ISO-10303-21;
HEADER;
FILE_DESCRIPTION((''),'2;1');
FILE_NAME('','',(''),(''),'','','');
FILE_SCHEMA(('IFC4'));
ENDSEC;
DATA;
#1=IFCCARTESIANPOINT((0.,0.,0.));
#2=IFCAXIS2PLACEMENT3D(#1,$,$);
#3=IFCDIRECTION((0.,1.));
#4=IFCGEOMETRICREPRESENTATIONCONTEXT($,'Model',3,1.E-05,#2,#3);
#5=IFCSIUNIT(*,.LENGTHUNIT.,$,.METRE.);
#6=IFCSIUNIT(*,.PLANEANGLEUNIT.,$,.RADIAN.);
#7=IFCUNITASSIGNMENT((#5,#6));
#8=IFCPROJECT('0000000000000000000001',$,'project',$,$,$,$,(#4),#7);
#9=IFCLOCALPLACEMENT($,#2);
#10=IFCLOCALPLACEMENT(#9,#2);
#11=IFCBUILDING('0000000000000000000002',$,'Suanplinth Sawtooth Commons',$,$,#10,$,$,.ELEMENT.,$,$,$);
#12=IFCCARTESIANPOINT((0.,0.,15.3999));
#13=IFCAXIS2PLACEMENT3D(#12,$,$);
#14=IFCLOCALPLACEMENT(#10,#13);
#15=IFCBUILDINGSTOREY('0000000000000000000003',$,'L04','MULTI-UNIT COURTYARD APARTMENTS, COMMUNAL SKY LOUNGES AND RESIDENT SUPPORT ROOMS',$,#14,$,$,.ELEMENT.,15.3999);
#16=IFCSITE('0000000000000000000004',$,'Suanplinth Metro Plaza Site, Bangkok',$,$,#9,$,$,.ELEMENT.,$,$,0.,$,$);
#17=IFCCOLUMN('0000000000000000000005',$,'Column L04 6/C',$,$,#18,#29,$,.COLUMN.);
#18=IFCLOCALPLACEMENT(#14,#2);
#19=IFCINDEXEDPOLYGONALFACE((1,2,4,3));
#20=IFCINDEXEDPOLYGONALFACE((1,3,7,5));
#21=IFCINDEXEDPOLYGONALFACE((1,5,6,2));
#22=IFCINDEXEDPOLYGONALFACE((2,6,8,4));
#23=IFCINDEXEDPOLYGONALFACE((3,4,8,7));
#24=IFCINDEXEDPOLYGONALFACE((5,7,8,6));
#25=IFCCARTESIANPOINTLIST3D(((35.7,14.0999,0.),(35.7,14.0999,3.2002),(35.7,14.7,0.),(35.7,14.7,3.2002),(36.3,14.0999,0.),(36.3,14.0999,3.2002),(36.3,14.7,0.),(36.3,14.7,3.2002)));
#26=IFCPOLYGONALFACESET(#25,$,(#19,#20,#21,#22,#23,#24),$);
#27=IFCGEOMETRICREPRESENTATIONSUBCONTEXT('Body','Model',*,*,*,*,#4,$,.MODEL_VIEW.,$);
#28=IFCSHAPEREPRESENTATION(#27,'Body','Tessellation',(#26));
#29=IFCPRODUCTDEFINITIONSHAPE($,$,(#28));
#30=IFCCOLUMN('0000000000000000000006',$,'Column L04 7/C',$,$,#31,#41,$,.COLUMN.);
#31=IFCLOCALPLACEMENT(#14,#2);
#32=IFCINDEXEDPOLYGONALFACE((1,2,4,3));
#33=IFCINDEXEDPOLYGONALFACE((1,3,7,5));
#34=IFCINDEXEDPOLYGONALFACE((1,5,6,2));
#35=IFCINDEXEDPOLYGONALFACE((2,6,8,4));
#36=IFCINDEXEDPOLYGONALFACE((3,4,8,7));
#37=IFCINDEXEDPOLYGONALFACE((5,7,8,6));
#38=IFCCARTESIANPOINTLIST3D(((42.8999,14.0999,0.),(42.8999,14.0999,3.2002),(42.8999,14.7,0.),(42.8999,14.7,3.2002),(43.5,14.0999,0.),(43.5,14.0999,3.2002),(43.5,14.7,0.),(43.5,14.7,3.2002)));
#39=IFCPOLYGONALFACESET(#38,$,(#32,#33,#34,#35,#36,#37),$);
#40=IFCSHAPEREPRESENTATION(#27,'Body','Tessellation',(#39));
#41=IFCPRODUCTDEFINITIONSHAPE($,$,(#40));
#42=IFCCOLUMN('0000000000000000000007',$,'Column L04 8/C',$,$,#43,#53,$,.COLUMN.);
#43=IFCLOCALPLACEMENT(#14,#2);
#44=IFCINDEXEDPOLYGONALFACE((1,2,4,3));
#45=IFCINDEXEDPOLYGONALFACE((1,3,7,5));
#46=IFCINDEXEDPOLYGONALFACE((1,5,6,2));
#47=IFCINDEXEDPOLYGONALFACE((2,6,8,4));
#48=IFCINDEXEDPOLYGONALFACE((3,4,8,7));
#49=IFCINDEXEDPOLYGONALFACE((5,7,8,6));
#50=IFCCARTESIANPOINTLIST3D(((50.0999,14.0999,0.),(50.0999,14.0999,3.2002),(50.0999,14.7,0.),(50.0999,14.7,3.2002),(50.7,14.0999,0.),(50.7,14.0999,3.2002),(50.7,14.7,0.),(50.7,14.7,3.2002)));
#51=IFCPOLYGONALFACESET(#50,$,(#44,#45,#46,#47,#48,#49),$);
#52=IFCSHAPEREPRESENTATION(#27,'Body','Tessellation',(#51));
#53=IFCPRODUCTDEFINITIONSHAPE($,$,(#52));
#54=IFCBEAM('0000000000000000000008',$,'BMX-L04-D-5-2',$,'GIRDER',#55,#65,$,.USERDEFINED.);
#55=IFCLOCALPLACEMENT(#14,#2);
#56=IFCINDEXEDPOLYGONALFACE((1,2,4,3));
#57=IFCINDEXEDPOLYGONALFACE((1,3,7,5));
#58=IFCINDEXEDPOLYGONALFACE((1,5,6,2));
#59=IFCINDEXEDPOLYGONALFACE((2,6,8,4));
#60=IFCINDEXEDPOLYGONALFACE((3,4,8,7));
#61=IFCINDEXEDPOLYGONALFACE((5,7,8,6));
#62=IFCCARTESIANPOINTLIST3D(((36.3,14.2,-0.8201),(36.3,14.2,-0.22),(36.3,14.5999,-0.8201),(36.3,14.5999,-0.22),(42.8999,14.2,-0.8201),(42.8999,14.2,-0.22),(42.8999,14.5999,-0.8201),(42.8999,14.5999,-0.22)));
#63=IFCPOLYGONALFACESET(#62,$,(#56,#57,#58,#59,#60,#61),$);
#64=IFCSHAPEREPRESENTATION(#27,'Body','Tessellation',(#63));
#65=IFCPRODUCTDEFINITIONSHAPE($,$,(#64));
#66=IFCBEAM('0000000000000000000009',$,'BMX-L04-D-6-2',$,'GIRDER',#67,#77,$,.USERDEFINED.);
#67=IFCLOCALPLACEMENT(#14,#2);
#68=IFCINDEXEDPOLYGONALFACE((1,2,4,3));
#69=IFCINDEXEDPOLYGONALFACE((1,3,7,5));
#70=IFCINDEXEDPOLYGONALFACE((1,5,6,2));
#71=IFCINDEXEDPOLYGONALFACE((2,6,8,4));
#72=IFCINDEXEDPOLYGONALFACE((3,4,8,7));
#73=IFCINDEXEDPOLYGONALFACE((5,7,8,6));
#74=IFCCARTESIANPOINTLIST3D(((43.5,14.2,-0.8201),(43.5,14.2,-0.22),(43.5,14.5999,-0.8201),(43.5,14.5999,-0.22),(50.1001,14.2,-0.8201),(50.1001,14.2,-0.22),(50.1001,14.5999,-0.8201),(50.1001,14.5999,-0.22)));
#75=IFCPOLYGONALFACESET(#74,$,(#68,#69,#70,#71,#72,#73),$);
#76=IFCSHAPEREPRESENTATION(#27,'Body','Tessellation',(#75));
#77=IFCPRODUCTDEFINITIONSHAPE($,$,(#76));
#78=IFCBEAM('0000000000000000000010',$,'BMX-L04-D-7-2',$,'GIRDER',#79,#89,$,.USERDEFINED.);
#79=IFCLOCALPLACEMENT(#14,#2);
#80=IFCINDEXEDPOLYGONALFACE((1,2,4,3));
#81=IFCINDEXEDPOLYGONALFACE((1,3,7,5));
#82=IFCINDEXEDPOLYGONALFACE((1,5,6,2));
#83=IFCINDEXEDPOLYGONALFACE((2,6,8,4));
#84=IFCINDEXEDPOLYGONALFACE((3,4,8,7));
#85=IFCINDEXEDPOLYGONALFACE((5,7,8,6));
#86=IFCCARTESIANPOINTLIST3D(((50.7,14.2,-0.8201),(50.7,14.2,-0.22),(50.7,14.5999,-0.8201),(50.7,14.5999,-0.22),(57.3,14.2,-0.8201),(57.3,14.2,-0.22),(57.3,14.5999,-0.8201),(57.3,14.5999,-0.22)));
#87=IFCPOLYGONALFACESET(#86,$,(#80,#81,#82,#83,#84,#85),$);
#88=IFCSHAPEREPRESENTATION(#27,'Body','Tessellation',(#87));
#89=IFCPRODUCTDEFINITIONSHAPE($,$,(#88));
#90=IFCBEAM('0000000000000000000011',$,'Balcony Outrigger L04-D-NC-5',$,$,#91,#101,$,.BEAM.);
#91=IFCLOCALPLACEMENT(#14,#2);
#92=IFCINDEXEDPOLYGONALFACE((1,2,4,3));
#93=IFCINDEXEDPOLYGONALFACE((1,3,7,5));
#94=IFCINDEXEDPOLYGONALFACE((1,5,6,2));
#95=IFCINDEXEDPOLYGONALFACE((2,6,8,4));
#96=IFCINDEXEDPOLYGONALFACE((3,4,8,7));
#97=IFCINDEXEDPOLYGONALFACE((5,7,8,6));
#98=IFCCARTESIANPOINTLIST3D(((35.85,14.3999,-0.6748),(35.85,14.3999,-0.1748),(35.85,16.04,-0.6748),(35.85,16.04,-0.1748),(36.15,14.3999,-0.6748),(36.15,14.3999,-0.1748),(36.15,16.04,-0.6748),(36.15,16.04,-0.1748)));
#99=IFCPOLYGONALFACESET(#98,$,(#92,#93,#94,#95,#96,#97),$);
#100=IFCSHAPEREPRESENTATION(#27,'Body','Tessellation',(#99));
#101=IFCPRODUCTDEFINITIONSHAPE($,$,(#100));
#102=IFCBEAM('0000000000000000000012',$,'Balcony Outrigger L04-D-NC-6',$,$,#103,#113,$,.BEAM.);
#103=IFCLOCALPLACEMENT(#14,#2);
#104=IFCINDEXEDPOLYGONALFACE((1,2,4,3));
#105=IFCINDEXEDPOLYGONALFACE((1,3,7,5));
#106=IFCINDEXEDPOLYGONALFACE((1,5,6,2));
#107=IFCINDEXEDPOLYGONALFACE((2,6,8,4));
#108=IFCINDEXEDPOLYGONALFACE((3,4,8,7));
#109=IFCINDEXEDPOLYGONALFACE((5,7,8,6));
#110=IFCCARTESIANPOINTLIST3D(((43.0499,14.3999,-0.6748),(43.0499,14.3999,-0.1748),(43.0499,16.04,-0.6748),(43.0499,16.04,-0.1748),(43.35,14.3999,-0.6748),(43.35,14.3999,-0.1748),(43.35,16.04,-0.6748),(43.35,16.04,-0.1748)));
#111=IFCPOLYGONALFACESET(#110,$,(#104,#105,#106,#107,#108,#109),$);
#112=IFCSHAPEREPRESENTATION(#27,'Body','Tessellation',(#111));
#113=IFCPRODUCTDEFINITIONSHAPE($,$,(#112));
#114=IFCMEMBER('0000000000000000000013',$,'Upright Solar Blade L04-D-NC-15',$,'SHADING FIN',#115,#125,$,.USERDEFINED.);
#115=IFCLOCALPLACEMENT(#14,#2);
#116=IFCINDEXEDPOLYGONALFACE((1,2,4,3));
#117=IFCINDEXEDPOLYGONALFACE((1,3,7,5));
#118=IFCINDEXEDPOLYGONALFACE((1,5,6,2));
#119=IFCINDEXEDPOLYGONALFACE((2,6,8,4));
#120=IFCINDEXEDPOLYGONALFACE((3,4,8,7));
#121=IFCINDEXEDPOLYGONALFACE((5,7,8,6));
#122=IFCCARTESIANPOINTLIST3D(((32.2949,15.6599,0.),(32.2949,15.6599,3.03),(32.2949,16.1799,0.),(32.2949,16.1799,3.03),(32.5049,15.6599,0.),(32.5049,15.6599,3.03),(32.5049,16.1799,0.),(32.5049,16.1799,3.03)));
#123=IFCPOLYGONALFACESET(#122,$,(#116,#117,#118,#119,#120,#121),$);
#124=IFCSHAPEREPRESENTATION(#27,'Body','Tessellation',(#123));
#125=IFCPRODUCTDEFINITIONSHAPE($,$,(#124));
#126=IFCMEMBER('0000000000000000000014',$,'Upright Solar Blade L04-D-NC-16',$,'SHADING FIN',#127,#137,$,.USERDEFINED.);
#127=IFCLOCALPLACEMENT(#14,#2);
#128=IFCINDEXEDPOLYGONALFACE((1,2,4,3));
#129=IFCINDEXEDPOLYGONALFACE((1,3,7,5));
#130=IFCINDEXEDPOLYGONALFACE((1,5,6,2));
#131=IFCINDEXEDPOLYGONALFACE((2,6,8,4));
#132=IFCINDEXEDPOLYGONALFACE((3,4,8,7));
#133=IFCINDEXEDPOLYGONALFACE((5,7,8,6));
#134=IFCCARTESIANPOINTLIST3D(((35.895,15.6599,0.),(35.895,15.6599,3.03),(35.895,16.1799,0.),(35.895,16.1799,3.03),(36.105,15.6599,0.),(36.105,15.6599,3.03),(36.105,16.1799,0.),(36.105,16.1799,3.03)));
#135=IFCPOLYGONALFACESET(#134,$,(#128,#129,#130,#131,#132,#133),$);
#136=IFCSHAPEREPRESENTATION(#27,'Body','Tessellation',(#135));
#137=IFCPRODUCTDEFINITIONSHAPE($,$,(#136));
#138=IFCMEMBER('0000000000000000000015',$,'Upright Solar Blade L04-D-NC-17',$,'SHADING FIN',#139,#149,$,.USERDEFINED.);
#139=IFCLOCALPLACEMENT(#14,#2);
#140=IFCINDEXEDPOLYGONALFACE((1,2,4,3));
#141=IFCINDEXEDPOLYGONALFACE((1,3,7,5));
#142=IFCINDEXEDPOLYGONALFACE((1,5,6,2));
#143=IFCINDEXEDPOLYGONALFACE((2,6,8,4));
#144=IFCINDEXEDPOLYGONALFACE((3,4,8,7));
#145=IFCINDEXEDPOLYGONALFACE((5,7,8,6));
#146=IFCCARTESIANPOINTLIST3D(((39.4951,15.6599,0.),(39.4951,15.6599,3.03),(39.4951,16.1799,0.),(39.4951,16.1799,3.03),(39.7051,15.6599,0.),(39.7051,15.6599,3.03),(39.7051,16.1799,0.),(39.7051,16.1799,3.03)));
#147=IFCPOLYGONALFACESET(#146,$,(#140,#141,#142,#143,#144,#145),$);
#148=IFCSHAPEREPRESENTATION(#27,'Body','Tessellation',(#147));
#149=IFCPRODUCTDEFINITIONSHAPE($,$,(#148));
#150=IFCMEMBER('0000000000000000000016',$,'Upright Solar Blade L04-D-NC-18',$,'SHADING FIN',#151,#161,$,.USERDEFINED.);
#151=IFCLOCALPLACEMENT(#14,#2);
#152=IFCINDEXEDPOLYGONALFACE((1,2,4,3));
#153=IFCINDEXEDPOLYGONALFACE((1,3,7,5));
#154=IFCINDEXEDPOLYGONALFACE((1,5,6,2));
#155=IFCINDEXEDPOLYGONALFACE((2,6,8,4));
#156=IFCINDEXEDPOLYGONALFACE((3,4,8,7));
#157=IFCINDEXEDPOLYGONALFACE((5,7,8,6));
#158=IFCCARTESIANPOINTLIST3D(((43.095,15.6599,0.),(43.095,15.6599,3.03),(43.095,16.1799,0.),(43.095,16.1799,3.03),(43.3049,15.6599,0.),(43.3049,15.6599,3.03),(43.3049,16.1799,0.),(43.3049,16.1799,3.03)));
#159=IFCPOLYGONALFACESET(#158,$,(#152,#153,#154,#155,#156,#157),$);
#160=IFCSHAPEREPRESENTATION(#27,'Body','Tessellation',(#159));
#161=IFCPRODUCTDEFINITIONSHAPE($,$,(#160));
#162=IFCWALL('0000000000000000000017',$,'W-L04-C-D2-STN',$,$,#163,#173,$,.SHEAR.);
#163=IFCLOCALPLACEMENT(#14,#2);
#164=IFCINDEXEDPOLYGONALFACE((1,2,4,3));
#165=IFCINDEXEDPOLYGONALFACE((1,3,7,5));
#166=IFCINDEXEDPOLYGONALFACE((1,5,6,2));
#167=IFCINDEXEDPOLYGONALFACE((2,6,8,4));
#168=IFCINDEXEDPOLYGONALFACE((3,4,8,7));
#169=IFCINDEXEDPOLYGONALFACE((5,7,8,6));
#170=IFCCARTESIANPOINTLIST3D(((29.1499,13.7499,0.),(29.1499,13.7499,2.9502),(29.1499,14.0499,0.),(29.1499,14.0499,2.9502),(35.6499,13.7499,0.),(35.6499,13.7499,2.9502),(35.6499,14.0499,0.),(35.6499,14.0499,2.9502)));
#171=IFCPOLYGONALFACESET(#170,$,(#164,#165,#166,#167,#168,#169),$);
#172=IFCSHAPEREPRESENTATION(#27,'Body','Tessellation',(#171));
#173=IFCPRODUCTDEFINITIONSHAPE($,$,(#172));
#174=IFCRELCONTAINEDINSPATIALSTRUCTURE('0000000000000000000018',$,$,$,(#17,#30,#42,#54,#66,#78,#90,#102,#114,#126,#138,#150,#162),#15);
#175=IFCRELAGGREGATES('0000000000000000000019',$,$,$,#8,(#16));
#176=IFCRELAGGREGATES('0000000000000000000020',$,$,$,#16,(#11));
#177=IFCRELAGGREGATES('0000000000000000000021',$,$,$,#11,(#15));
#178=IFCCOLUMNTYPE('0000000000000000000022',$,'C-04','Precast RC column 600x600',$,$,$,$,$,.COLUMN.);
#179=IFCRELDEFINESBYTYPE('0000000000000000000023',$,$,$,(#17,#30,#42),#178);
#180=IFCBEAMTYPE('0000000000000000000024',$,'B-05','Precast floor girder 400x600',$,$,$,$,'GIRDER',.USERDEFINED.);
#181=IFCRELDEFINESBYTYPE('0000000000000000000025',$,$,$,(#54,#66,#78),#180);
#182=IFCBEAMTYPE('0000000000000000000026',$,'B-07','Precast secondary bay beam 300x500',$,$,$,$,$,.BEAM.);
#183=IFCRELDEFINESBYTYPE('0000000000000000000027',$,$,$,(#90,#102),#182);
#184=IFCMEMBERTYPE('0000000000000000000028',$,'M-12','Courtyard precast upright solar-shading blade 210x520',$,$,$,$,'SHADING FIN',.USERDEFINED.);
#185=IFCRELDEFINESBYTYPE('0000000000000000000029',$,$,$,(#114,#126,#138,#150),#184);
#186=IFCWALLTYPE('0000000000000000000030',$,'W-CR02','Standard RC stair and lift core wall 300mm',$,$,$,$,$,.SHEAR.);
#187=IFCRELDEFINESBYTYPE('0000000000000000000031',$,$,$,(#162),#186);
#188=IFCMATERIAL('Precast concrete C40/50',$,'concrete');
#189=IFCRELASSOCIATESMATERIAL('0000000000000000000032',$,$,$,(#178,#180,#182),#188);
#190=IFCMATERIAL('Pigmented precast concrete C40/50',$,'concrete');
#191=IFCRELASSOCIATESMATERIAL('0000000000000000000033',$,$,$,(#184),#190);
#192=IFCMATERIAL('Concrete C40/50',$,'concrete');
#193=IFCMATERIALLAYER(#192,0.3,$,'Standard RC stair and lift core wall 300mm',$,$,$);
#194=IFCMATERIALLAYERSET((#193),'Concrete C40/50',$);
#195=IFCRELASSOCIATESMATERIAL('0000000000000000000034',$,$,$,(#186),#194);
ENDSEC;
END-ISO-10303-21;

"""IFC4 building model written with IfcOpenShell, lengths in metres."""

from ifc_helpers import new_model, si_unit, direction, frame, frame_2d, origin, origin_2d, place, context, subcontext, project, spatial, rectangle, extrude, material, layer, layer_set, material_profile, profile_set, type_object, element, save


model = new_model("IFC4")

# Units and contexts
model_context = context("Model", 3, precision=1e-05, world=origin(), true_north=direction((0.0, 1.0)))
body_context = subcontext(model_context, "Body", "Model", "MODEL_VIEW")
ifc_project = project(units=[si_unit("LENGTHUNIT", "METRE"), si_unit("PLANEANGLEUNIT", "RADIAN")], contexts=[model_context])

# Site, building, storey
site_placement = place(None, origin())
site = spatial("IfcSite", under=ifc_project, at=site_placement, Name="Suanplinth Metro Plaza Site, Bangkok", CompositionType="ELEMENT", RefElevation=0.0)
building_placement = place(site_placement, origin())
building = spatial("IfcBuilding", under=site, at=building_placement, Name="Suanplinth Sawtooth Commons", CompositionType="ELEMENT")
storey_placement = place(building_placement, frame((0.0, 0.0, 15.3999)))
storey = spatial("IfcBuildingStorey", under=building, at=storey_placement, Name="L04", Description="MULTI-UNIT COURTYARD APARTMENTS, COMMUNAL SKY LOUNGES AND RESIDENT SUPPORT ROOMS", CompositionType="ELEMENT", Elevation=15.3999)

# Columns
ifc_material_1 = material(Name="Precast concrete C40/50", Category="concrete")
ifc_material_profile_1 = material_profile(ifc_material_1, rectangle(XDim=0.6001, YDim=0.6001, at=origin_2d()), Name="PC-COL 600x600")
ifc_profile_set_1 = profile_set([ifc_material_profile_1], Name="Precast concrete C40/50")
column_type = type_object("IfcColumnType", Name="C-04", Description="Precast RC column 600x600", PredefinedType="COLUMN", material=ifc_profile_set_1)
for number, where, z_axis, x_axis, name in (
    (1, (36.0, 14.3999, 0.0), (0.0, 0.0, 1.0), (1.0, 0.0, 0.0), "Column L04 6/C"),
    (2, (43.2, 14.3999, 0.0), (0.0, 0.0, 1.0), (1.0, 0.0, 0.0), "Column L04 7/C"),
    (3, (50.3999, 14.3999, 0.0), (0.0, 0.0, 1.0), (1.0, 0.0, 0.0), "Column L04 8/C"),
):
    element("IfcColumn", number, at=place(storey_placement, frame(where, z_axis=z_axis, x_axis=x_axis)), inside=storey, type_object=column_type, Name=name, PredefinedType="COLUMN", context=body_context, shape_type="SweptSolid", body=[
        extrude(rectangle(XDim=0.6001, YDim=0.6001, at=origin_2d()), origin(), (0.0, 0.0, 1.0), 3.2002),
    ])

# Beams
ifc_material_profile_2 = material_profile(ifc_material_1, rectangle(XDim=0.3999, YDim=0.6001, at=origin_2d()), Name="PC-GDR 400x600")
ifc_profile_set_2 = profile_set([ifc_material_profile_2], Name="Precast concrete C40/50")
beam_type_1 = type_object("IfcBeamType", Name="B-05", Description="Precast floor girder 400x600", ElementType="GIRDER", PredefinedType="USERDEFINED", material=ifc_profile_set_2)
beam_placement = place(storey_placement, frame((36.3, 14.3999, -0.52), z_axis=(1.0, 0.0, 0.0), x_axis=(0.0, 1.0, 0.0)))
element("IfcBeam", 4, at=beam_placement, inside=storey, type_object=beam_type_1, Name="BMX-L04-D-5-2", ObjectType="GIRDER", PredefinedType="USERDEFINED", context=body_context, shape_type="SweptSolid", body=[
    extrude(rectangle(XDim=0.3999, YDim=0.6001, at=origin_2d()), origin(), (0.0, 0.0, 1.0), 6.5999),
])
for number, where, z_axis, x_axis, name in (
    (5, (43.5, 14.3999, -0.52), (1.0, 0.0, 0.0), (0.0, 1.0, 0.0), "BMX-L04-D-6-2"),
    (6, (50.7, 14.3999, -0.52), (1.0, 0.0, 0.0), (0.0, 1.0, 0.0), "BMX-L04-D-7-2"),
):
    element("IfcBeam", number, at=place(storey_placement, frame(where, z_axis=z_axis, x_axis=x_axis)), inside=storey, type_object=beam_type_1, Name=name, ObjectType="GIRDER", PredefinedType="USERDEFINED", context=body_context, shape_type="SweptSolid", body=[
        extrude(rectangle(XDim=0.3999, YDim=0.6001, at=origin_2d()), origin(), (0.0, 0.0, 1.0), 6.6001),
    ])
ifc_material_profile_3 = material_profile(ifc_material_1, rectangle(XDim=0.3, YDim=0.5, at=origin_2d()), Name="PC-BM 300x500")
ifc_profile_set_3 = profile_set([ifc_material_profile_3], Name="Precast concrete C40/50")
beam_type_2 = type_object("IfcBeamType", Name="B-07", Description="Precast secondary bay beam 300x500", PredefinedType="BEAM", material=ifc_profile_set_3)
for number, where, z_axis, x_axis, name in (
    (7, (36.0, 14.3999, -0.4248), (0.0, 1.0, 0.0), (-1.0, 0.0, 0.0), "Balcony Outrigger L04-D-NC-5"),
    (8, (43.2, 14.3999, -0.4248), (0.0, 1.0, 0.0), (-1.0, 0.0, 0.0), "Balcony Outrigger L04-D-NC-6"),
):
    element("IfcBeam", number, at=place(storey_placement, frame(where, z_axis=z_axis, x_axis=x_axis)), inside=storey, type_object=beam_type_2, Name=name, PredefinedType="BEAM", context=body_context, shape_type="SweptSolid", body=[
        extrude(rectangle(XDim=0.3, YDim=0.5, at=origin_2d()), origin(), (0.0, 0.0, 1.0), 1.6401),
    ])

# Members
ifc_material_2 = material(Name="Pigmented precast concrete C40/50", Category="concrete")
ifc_material_profile_4 = material_profile(ifc_material_2, rectangle(XDim=0.21, YDim=0.52, at=origin_2d()), Name="PC-FIN 210x520")
ifc_profile_set_4 = profile_set([ifc_material_profile_4], Name="Pigmented precast concrete C40/50")
member_type = type_object("IfcMemberType", Name="M-12", Description="Courtyard precast upright solar-shading blade 210x520", ElementType="SHADING FIN", PredefinedType="USERDEFINED", material=ifc_profile_set_4)
for number, where, z_axis, x_axis, name in (
    (9, (32.3999, 15.9199, 0.0), (0.0, 0.0, 1.0), (1.0, 0.0, 0.0), "Upright Solar Blade L04-D-NC-15"),
    (10, (36.0, 15.9199, 0.0), (0.0, 0.0, 1.0), (1.0, 0.0, 0.0), "Upright Solar Blade L04-D-NC-16"),
    (11, (39.6001, 15.9199, 0.0), (0.0, 0.0, 1.0), (1.0, 0.0, 0.0), "Upright Solar Blade L04-D-NC-17"),
    (12, (43.2, 15.9199, 0.0), (0.0, 0.0, 1.0), (1.0, 0.0, 0.0), "Upright Solar Blade L04-D-NC-18"),
):
    element("IfcMember", number, at=place(storey_placement, frame(where, z_axis=z_axis, x_axis=x_axis)), inside=storey, type_object=member_type, Name=name, ObjectType="SHADING FIN", PredefinedType="USERDEFINED", context=body_context, shape_type="SweptSolid", body=[
        extrude(rectangle(XDim=0.21, YDim=0.52, at=origin_2d()), origin(), (0.0, 0.0, 1.0), 3.03),
    ])

# Wall
ifc_material_3 = material(Name="Concrete C40/50", Category="concrete")
ifc_layer_1 = layer(ifc_material_3, 0.3, Name="Standard RC stair and lift core wall 300mm")
ifc_layer_set_1 = layer_set([ifc_layer_1], Name="Concrete C40/50")
wall_type_1 = type_object("IfcWallType", Name="W-CR02", Description="Standard RC stair and lift core wall 300mm", PredefinedType="SHEAR", material=ifc_layer_set_1)
wall_1_placement = place(storey_placement, frame((29.1499, 13.8999, 0.0), z_axis=(0.0, 0.0, 1.0), x_axis=(1.0, 0.0, 0.0)))
element("IfcWall", 13, at=wall_1_placement, inside=storey, type_object=wall_type_1, Name="W-L04-C-D2-STN", PredefinedType="SHEAR", context=body_context, shape_type="SweptSolid", body=[
    extrude(rectangle(XDim=6.5, YDim=0.3, at=frame_2d((3.25, 0.0))), origin(), (0.0, 0.0, 1.0), 2.9502),
])

save(model, "model.ifc")
